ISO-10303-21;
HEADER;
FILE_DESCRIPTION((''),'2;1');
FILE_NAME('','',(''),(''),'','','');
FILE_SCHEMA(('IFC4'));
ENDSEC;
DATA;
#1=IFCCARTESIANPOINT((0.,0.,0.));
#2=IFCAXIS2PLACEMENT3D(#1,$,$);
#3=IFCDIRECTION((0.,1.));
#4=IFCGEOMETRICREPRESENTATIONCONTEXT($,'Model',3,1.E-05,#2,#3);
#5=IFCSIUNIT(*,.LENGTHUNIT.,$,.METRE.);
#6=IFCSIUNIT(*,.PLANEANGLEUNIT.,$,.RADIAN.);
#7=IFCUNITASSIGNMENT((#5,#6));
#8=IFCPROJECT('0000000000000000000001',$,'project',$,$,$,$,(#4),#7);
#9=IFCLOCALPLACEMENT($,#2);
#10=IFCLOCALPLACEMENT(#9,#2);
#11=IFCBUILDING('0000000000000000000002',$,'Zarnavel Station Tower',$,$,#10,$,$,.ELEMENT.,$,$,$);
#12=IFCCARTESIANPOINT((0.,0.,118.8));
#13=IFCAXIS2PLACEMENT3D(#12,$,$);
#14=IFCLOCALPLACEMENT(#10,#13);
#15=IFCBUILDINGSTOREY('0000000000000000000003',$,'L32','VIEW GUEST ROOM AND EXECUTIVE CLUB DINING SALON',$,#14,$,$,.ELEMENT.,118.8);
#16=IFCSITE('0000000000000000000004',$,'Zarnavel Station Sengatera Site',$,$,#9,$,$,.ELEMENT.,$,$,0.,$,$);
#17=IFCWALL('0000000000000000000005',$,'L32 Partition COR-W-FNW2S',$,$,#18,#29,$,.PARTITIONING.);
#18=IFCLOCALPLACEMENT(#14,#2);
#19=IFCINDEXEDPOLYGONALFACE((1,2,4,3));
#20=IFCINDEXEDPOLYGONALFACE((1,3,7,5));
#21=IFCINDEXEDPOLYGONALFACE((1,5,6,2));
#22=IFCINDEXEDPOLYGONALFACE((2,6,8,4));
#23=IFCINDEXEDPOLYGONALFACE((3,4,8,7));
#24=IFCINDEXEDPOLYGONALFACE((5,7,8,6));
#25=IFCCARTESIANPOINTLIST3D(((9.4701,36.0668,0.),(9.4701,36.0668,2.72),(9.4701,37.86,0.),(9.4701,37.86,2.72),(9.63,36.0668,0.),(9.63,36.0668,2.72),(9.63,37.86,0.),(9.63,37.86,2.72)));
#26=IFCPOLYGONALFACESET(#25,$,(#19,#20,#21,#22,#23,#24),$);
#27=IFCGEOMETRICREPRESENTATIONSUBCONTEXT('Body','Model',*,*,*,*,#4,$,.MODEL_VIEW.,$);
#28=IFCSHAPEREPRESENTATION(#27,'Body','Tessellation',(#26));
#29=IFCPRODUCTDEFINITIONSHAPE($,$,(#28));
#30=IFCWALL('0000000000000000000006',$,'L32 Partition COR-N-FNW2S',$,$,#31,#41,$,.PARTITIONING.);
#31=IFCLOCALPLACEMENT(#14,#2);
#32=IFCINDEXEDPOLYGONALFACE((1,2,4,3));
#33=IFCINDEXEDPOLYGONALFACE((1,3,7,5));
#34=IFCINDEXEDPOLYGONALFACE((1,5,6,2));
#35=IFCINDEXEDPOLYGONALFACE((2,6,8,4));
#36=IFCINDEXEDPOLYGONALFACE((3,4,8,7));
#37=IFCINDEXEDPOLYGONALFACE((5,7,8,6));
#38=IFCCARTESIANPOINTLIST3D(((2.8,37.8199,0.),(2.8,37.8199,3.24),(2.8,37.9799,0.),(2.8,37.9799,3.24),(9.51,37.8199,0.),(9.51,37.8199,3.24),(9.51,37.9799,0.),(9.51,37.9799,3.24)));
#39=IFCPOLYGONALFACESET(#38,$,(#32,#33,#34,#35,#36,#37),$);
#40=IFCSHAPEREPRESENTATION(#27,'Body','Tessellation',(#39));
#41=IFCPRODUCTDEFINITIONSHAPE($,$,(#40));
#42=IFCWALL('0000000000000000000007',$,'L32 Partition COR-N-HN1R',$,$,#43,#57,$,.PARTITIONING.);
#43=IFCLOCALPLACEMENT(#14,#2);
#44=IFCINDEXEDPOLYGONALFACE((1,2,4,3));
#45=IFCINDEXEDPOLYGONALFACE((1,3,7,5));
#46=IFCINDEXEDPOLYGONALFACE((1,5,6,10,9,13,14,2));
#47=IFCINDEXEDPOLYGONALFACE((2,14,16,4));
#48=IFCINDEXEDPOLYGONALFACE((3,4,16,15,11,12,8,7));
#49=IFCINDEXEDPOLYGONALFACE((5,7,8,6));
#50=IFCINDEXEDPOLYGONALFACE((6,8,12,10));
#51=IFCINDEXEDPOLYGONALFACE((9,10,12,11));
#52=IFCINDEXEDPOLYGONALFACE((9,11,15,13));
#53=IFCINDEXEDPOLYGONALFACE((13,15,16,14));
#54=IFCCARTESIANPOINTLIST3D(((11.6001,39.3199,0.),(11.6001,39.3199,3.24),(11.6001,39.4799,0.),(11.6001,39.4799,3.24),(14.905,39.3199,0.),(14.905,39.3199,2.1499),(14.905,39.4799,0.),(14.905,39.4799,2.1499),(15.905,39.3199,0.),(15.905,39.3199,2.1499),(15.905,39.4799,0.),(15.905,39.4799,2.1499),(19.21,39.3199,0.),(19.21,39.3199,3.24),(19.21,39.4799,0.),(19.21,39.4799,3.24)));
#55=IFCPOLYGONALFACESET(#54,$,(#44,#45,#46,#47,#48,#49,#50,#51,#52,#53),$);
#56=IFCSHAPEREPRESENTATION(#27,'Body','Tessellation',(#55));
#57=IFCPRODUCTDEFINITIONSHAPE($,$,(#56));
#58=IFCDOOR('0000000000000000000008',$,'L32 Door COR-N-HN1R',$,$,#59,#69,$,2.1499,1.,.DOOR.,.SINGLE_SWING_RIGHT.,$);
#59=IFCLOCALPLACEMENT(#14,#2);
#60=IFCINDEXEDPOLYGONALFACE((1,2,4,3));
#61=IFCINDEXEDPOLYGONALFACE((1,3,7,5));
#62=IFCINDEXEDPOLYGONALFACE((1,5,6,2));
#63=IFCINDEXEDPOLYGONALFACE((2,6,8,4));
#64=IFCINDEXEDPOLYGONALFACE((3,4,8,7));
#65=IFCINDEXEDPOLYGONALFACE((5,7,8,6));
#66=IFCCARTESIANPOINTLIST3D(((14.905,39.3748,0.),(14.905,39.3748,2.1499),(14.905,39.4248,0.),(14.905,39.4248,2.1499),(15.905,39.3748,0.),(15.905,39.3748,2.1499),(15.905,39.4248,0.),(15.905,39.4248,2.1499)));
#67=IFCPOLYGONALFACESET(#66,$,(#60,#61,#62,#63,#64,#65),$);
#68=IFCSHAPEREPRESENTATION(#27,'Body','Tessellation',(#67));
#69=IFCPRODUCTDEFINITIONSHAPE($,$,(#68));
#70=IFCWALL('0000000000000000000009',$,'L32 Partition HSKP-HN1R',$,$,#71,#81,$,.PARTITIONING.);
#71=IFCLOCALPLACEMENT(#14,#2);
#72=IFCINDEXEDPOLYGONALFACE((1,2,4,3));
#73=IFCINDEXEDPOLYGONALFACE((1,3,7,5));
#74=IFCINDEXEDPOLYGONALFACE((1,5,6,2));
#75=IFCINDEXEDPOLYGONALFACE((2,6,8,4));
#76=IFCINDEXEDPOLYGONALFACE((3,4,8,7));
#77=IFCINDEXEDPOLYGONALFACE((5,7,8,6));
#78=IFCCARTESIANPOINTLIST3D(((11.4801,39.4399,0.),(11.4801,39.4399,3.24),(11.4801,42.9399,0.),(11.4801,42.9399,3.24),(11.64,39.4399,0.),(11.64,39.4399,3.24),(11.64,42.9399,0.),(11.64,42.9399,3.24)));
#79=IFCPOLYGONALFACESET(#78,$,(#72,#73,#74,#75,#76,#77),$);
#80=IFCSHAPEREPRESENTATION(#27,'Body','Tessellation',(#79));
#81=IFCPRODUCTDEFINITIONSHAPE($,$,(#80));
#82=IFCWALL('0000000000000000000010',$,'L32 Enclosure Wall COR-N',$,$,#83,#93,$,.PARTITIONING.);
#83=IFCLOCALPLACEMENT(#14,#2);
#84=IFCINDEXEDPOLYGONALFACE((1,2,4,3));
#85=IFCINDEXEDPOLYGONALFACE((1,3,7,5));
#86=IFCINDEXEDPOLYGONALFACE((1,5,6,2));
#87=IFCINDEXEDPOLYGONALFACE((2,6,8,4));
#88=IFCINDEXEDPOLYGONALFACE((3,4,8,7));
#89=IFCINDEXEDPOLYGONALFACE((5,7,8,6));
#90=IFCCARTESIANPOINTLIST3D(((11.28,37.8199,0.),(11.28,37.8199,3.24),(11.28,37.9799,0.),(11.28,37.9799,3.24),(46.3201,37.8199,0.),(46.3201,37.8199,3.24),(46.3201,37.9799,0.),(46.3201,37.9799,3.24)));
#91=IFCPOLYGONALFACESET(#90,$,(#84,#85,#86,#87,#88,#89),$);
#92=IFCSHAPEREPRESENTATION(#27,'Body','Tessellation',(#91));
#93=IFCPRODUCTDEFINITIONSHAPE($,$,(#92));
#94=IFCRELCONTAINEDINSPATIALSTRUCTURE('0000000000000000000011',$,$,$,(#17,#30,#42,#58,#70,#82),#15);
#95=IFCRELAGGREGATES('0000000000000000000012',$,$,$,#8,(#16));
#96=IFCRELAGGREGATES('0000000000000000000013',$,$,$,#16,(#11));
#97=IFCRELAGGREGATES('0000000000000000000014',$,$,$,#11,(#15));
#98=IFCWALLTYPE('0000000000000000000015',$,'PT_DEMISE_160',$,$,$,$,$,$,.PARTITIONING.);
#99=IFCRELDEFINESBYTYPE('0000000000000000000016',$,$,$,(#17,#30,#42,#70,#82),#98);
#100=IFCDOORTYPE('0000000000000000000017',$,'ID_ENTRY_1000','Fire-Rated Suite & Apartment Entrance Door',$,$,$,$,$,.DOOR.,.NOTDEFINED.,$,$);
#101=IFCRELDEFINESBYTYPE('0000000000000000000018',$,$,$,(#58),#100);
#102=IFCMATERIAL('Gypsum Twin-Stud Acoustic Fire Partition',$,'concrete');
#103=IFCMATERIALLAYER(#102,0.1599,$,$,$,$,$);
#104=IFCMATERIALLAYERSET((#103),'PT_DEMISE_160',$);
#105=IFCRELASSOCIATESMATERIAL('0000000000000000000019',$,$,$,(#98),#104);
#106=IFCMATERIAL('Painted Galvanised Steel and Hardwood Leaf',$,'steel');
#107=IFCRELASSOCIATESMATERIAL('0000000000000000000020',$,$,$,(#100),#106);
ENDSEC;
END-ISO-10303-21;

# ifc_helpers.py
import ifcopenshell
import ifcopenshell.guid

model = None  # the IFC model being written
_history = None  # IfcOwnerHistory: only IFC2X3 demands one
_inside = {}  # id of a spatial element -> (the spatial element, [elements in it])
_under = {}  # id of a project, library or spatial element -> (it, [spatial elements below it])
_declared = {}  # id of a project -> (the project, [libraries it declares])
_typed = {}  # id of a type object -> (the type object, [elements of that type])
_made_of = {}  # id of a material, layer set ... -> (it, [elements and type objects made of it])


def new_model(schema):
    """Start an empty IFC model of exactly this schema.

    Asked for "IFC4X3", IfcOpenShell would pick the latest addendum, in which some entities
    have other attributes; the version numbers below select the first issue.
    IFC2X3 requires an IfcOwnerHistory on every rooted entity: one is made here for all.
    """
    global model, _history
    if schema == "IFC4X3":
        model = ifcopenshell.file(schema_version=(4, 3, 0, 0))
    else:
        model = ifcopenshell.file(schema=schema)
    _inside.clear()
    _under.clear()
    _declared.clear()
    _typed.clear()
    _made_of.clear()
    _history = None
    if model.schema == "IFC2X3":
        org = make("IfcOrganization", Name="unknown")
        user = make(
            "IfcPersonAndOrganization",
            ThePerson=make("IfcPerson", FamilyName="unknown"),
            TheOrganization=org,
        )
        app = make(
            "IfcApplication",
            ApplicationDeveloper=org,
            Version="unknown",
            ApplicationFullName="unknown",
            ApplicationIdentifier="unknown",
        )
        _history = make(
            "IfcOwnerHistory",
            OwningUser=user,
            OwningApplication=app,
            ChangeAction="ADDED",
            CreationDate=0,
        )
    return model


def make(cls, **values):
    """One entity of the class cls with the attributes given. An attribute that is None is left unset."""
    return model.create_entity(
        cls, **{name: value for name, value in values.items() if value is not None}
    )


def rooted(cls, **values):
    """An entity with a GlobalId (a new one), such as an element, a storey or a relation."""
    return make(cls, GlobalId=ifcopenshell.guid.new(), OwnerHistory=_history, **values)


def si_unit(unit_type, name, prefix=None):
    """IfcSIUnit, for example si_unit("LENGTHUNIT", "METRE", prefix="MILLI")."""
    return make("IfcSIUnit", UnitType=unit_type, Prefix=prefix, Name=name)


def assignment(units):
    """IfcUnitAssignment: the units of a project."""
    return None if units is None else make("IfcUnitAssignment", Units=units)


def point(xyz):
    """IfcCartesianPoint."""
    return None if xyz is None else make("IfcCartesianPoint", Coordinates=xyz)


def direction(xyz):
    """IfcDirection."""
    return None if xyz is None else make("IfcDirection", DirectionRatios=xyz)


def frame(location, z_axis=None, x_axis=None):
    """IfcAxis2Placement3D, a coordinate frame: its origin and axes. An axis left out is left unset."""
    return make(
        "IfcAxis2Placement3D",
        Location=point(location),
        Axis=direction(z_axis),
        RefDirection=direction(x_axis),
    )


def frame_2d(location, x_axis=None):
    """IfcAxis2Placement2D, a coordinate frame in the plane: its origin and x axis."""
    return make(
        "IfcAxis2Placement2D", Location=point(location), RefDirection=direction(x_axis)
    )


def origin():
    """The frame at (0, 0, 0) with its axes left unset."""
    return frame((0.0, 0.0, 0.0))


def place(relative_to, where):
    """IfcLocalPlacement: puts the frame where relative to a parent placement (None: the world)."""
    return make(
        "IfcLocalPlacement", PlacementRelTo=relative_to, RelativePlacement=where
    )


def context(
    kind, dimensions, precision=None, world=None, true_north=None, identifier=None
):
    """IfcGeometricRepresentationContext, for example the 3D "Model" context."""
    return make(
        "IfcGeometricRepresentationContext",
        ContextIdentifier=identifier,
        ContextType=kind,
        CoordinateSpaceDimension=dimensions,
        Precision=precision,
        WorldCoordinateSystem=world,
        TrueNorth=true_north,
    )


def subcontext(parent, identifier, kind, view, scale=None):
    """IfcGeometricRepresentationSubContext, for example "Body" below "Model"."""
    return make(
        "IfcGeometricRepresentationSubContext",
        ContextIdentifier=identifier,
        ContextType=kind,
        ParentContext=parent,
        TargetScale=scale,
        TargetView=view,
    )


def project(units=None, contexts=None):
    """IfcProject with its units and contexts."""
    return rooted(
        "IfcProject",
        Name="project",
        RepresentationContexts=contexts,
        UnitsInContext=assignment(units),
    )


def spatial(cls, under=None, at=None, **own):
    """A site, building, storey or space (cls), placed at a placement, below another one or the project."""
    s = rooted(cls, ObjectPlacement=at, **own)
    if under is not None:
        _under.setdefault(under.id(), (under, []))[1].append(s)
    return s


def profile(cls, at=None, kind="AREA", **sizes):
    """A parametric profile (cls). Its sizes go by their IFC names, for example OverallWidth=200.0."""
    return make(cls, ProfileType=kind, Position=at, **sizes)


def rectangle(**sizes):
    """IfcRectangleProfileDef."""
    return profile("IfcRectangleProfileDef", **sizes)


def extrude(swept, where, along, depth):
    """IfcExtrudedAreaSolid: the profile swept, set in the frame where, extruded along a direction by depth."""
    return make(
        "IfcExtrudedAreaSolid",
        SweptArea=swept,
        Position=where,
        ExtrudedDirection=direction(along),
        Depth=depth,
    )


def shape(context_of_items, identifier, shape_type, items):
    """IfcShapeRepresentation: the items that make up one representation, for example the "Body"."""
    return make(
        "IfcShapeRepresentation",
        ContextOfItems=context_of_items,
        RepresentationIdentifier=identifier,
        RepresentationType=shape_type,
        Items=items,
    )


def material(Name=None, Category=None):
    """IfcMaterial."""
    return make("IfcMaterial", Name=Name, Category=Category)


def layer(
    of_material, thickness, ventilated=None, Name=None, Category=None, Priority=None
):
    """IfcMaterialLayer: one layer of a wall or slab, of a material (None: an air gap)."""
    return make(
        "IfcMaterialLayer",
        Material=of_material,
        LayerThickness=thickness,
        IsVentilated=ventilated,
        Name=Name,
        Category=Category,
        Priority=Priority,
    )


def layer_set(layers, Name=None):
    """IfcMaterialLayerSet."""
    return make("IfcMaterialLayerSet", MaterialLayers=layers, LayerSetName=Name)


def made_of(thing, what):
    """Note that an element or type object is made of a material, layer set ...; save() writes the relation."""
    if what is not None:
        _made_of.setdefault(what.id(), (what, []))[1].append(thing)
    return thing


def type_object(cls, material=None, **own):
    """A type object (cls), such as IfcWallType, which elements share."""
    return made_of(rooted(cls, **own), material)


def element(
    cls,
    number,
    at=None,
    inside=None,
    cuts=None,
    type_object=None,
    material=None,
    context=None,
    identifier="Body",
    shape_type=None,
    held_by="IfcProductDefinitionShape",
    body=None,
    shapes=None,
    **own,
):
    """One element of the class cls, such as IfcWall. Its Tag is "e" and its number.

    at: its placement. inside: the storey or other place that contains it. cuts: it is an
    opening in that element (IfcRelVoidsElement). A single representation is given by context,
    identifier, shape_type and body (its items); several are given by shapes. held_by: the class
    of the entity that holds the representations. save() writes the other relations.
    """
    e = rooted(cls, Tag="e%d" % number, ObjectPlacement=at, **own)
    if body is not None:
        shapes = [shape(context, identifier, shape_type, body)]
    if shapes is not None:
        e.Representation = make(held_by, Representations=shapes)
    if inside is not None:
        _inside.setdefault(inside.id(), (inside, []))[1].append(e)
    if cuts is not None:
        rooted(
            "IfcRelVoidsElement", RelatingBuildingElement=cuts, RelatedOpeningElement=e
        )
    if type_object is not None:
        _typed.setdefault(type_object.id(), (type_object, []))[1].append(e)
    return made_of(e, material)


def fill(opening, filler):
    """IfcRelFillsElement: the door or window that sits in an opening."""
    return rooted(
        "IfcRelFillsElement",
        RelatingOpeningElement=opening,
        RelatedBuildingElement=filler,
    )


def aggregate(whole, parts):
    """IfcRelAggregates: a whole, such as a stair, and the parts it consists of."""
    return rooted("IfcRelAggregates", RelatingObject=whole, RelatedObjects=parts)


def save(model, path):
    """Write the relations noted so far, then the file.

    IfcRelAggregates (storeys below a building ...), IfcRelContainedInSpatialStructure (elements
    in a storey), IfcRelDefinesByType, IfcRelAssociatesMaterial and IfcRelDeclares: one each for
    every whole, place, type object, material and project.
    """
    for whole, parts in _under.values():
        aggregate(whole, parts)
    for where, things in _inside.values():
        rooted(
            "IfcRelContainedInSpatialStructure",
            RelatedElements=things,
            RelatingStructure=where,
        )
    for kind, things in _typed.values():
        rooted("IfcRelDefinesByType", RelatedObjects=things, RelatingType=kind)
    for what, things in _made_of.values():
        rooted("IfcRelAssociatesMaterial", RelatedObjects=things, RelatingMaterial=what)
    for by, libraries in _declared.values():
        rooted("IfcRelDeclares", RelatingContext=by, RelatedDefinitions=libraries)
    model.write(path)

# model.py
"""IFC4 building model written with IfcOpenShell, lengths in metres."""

from ifc_helpers import new_model, si_unit, direction, frame, frame_2d, origin, place, context, subcontext, project, spatial, rectangle, extrude, material, layer, layer_set, type_object, element, fill, save


model = new_model("IFC4")

# Units and contexts
model_context = context("Model", 3, precision=1e-05, world=origin(), true_north=direction((0.0, 1.0)))
body_context = subcontext(model_context, "Body", "Model", "MODEL_VIEW")
ifc_project = project(units=[si_unit("LENGTHUNIT", "METRE"), si_unit("PLANEANGLEUNIT", "RADIAN")], contexts=[model_context])

# Site, building, storey
site_placement = place(None, origin())
site = spatial("IfcSite", under=ifc_project, at=site_placement, Name="Zarnavel Station Sengatera Site", CompositionType="ELEMENT", RefElevation=0.0)
building_placement = place(site_placement, origin())
building = spatial("IfcBuilding", under=site, at=building_placement, Name="Zarnavel Station Tower", CompositionType="ELEMENT")
storey_placement = place(building_placement, frame((0.0, 0.0, 118.8)))
storey = spatial("IfcBuildingStorey", under=building, at=storey_placement, Name="L32", Description="VIEW GUEST ROOM AND EXECUTIVE CLUB DINING SALON", CompositionType="ELEMENT", Elevation=118.8)

# Walls
ifc_material_1 = material(Name="Gypsum Twin-Stud Acoustic Fire Partition", Category="concrete")
ifc_layer_1 = layer(ifc_material_1, 0.1599)
ifc_layer_set_1 = layer_set([ifc_layer_1], Name="PT_DEMISE_160")
wall_type_1 = type_object("IfcWallType", Name="PT_DEMISE_160", PredefinedType="PARTITIONING", material=ifc_layer_set_1)
wall_1_placement = place(storey_placement, frame((9.55, 36.0669, 0.0), z_axis=(0.0, 0.0, 1.0), x_axis=(0.0, 1.0, 0.0)))
element("IfcWall", 1, at=wall_1_placement, inside=storey, type_object=wall_type_1, Name="L32 Partition COR-W-FNW2S", PredefinedType="PARTITIONING", context=body_context, shape_type="SweptSolid", body=[
    extrude(rectangle(XDim=1.7932, YDim=0.1599, at=frame_2d((0.8965, 0.0))), origin(), (0.0, 0.0, 1.0), 2.72),
])
wall_2_placement = place(storey_placement, frame((2.8, 37.8999, 0.0), z_axis=(0.0, 0.0, 1.0), x_axis=(1.0, 0.0, 0.0)))
element("IfcWall", 2, at=wall_2_placement, inside=storey, type_object=wall_type_1, Name="L32 Partition COR-N-FNW2S", PredefinedType="PARTITIONING", context=body_context, shape_type="SweptSolid", body=[
    extrude(rectangle(XDim=6.71, YDim=0.1599, at=frame_2d((3.355, 0.0))), origin(), (0.0, 0.0, 1.0), 3.24),
])

# Wall, opening, door
wall_3_placement = place(storey_placement, frame((11.6001, 39.3999, 0.0), z_axis=(0.0, 0.0, 1.0), x_axis=(1.0, 0.0, 0.0)))
wall_3 = element("IfcWall", 3, at=wall_3_placement, inside=storey, type_object=wall_type_1, Name="L32 Partition COR-N-HN1R", PredefinedType="PARTITIONING", context=body_context, shape_type="SweptSolid", body=[
    extrude(rectangle(XDim=7.6099, YDim=0.1599, at=frame_2d((3.8049, 0.0))), origin(), (0.0, 0.0, 1.0), 3.24),
])
opening_1_placement = place(wall_3_placement, frame((3.3049, 0.0, 0.0)))
opening_1 = element("IfcOpeningElement", 4, at=opening_1_placement, cuts=wall_3, PredefinedType="OPENING", context=body_context, shape_type="SweptSolid", body=[
    extrude(rectangle(XDim=1.0, YDim=2.1499, at=frame_2d((0.5, 1.075))), frame((0.0, 0.0898, 0.0), z_axis=(0.0, -1.0, 0.0), x_axis=(1.0, 0.0, 0.0)), (0.0, 0.0, 1.0), 0.1799),
])
ifc_material_2 = material(Name="Painted Galvanised Steel and Hardwood Leaf", Category="steel")
door_type = type_object("IfcDoorType", Name="ID_ENTRY_1000", Description="Fire-Rated Suite & Apartment Entrance Door", OperationType="NOTDEFINED", PredefinedType="DOOR", material=ifc_material_2)
door_placement = place(opening_1_placement, origin())
door = element("IfcDoor", 5, at=door_placement, inside=storey, type_object=door_type, Name="L32 Door COR-N-HN1R", OperationType="SINGLE_SWING_RIGHT", OverallHeight=2.1499, OverallWidth=1.0, PredefinedType="DOOR", context=body_context, shape_type="SweptSolid", body=[
    extrude(rectangle(XDim=1.0, YDim=2.1499, at=frame_2d((0.5, 1.075))), frame((0.0, 0.0249, 0.0), z_axis=(0.0, -1.0, 0.0), x_axis=(1.0, 0.0, 0.0)), (0.0, 0.0, 1.0), 0.05),
])
fill(opening_1, door)

# Walls
wall_4_placement = place(storey_placement, frame((11.5601, 39.4399, 0.0), z_axis=(0.0, 0.0, 1.0), x_axis=(0.0, 1.0, 0.0)))
element("IfcWall", 6, at=wall_4_placement, inside=storey, type_object=wall_type_1, Name="L32 Partition HSKP-HN1R", PredefinedType="PARTITIONING", context=body_context, shape_type="SweptSolid", body=[
    extrude(rectangle(XDim=3.5, YDim=0.1599, at=frame_2d((1.75, 0.0))), origin(), (0.0, 0.0, 1.0), 3.24),
])
wall_5_placement = place(storey_placement, frame((11.28, 37.8999, 0.0), z_axis=(0.0, 0.0, 1.0), x_axis=(1.0, 0.0, 0.0)))
element("IfcWall", 7, at=wall_5_placement, inside=storey, type_object=wall_type_1, Name="L32 Enclosure Wall COR-N", PredefinedType="PARTITIONING", context=body_context, shape_type="SweptSolid", body=[
    extrude(rectangle(XDim=35.04, YDim=0.1599, at=frame_2d((17.52, 0.0))), origin(), (0.0, 0.0, 1.0), 3.24),
])

save(model, "model.ifc")
